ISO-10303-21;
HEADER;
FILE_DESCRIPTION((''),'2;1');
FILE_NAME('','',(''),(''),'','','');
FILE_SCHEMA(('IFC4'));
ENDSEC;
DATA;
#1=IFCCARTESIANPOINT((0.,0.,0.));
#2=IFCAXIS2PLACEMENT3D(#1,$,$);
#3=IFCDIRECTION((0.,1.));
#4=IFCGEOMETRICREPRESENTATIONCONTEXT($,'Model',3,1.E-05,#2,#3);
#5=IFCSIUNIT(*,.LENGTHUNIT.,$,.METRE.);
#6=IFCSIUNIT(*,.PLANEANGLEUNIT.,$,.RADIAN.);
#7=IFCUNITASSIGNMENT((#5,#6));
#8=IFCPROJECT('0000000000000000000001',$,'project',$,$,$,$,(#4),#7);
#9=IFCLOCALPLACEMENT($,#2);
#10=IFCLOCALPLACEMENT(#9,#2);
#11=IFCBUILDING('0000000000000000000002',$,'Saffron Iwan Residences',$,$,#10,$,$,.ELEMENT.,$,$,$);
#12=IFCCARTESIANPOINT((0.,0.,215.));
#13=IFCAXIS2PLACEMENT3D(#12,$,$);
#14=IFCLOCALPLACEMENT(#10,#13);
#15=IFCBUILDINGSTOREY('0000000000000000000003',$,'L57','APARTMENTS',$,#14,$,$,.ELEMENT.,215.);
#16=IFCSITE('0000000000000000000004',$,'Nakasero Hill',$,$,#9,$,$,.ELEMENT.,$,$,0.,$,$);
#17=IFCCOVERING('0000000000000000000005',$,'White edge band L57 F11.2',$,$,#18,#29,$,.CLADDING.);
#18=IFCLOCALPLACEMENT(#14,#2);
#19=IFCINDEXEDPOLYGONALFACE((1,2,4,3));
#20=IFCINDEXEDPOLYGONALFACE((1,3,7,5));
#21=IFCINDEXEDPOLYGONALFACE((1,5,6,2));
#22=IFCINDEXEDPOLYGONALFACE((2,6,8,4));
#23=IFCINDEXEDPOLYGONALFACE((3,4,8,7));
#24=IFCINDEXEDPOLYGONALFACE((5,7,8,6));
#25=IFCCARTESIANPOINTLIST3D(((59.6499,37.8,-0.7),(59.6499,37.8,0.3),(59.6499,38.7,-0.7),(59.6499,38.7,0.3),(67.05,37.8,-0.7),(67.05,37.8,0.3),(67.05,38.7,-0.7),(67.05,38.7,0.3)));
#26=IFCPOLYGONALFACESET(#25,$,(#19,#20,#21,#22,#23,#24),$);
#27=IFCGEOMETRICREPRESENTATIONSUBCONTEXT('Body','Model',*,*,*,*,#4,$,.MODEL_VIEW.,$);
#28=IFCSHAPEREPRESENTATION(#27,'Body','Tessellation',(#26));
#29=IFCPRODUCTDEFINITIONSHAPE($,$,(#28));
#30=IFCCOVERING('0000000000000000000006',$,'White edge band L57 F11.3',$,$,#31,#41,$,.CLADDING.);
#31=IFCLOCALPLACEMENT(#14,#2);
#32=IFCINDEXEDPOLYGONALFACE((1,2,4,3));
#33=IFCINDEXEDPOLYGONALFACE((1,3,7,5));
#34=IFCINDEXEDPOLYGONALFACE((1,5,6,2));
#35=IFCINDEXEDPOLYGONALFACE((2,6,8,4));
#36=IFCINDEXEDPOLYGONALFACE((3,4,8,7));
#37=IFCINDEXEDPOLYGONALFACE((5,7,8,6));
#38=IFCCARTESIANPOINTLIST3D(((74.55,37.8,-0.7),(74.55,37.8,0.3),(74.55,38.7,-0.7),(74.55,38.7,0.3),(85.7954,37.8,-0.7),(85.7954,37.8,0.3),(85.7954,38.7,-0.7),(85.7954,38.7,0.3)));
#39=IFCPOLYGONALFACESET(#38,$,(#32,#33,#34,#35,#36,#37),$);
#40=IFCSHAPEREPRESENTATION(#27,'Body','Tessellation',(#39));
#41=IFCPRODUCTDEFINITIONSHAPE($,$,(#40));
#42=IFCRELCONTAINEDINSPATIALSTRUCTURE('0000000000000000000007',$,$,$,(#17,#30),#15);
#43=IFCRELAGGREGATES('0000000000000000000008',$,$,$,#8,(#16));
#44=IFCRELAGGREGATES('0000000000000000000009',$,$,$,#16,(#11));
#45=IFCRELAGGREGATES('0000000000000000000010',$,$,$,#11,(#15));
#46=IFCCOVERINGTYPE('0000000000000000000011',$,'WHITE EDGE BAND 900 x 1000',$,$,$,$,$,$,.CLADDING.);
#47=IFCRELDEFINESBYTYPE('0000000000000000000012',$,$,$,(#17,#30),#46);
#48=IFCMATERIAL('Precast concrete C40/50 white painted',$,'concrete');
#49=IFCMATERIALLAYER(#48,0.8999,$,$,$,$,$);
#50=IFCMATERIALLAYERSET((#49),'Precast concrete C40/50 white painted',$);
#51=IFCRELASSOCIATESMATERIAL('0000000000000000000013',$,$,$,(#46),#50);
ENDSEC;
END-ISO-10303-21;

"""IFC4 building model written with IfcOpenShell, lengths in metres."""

from ifc_helpers import new_model, si_unit, direction, frame, origin, place, context, subcontext, project, spatial, polyline, outline, extrude, material, layer, layer_set, type_object, element, save


model = new_model("IFC4")

# Units and contexts
model_context = context("Model", 3, precision=1e-05, world=origin(), true_north=direction((0.0, 1.0)))
body_context = subcontext(model_context, "Body", "Model", "MODEL_VIEW")
ifc_project = project(units=[si_unit("LENGTHUNIT", "METRE"), si_unit("PLANEANGLEUNIT", "RADIAN")], contexts=[model_context])

# Site, building, storey
site_placement = place(None, origin())
site = spatial("IfcSite", under=ifc_project, at=site_placement, Name="Nakasero Hill", CompositionType="ELEMENT", RefElevation=0.0)
building_placement = place(site_placement, origin())
building = spatial("IfcBuilding", under=site, at=building_placement, Name="Saffron Iwan Residences", CompositionType="ELEMENT")
storey_placement = place(building_placement, frame((0.0, 0.0, 215.0)))
storey = spatial("IfcBuildingStorey", under=building, at=storey_placement, Name="L57", Description="APARTMENTS", CompositionType="ELEMENT", Elevation=215.0)

# Coverings
ifc_material_1 = material(Name="Precast concrete C40/50 white painted", Category="concrete")
ifc_layer_1 = layer(ifc_material_1, 0.8999)
ifc_layer_set_1 = layer_set([ifc_layer_1], Name="Precast concrete C40/50 white painted")
covering_type = type_object("IfcCoveringType", Name="WHITE EDGE BAND 900 x 1000", PredefinedType="CLADDING", material=ifc_layer_set_1)
covering_1_placement = place(storey_placement, frame((0.0, 0.0, -0.7)))
element("IfcCovering", 1, at=covering_1_placement, inside=storey, type_object=covering_type, Name="White edge band L57 F11.2", PredefinedType="CLADDING", context=body_context, shape_type="SweptSolid", body=[
    extrude(outline(polyline([(59.6499, 37.8), (67.05, 37.8), (67.05, 38.7), (59.6499, 38.7), (59.6499, 37.8)])), origin(), (0.0, 0.0, 1.0), 1.0),
])
covering_2_placement = place(storey_placement, frame((0.0, 0.0, -0.7)))
element("IfcCovering", 2, at=covering_2_placement, inside=storey, type_object=covering_type, Name="White edge band L57 F11.3", PredefinedType="CLADDING", context=body_context, shape_type="SweptSolid", body=[
    extrude(outline(polyline([(74.55, 37.8), (85.7954, 37.8), (85.7954, 38.7), (74.55, 38.7), (74.55, 37.8)])), origin(), (0.0, 0.0, 1.0), 1.0),
])

save(model, "model.ifc")
